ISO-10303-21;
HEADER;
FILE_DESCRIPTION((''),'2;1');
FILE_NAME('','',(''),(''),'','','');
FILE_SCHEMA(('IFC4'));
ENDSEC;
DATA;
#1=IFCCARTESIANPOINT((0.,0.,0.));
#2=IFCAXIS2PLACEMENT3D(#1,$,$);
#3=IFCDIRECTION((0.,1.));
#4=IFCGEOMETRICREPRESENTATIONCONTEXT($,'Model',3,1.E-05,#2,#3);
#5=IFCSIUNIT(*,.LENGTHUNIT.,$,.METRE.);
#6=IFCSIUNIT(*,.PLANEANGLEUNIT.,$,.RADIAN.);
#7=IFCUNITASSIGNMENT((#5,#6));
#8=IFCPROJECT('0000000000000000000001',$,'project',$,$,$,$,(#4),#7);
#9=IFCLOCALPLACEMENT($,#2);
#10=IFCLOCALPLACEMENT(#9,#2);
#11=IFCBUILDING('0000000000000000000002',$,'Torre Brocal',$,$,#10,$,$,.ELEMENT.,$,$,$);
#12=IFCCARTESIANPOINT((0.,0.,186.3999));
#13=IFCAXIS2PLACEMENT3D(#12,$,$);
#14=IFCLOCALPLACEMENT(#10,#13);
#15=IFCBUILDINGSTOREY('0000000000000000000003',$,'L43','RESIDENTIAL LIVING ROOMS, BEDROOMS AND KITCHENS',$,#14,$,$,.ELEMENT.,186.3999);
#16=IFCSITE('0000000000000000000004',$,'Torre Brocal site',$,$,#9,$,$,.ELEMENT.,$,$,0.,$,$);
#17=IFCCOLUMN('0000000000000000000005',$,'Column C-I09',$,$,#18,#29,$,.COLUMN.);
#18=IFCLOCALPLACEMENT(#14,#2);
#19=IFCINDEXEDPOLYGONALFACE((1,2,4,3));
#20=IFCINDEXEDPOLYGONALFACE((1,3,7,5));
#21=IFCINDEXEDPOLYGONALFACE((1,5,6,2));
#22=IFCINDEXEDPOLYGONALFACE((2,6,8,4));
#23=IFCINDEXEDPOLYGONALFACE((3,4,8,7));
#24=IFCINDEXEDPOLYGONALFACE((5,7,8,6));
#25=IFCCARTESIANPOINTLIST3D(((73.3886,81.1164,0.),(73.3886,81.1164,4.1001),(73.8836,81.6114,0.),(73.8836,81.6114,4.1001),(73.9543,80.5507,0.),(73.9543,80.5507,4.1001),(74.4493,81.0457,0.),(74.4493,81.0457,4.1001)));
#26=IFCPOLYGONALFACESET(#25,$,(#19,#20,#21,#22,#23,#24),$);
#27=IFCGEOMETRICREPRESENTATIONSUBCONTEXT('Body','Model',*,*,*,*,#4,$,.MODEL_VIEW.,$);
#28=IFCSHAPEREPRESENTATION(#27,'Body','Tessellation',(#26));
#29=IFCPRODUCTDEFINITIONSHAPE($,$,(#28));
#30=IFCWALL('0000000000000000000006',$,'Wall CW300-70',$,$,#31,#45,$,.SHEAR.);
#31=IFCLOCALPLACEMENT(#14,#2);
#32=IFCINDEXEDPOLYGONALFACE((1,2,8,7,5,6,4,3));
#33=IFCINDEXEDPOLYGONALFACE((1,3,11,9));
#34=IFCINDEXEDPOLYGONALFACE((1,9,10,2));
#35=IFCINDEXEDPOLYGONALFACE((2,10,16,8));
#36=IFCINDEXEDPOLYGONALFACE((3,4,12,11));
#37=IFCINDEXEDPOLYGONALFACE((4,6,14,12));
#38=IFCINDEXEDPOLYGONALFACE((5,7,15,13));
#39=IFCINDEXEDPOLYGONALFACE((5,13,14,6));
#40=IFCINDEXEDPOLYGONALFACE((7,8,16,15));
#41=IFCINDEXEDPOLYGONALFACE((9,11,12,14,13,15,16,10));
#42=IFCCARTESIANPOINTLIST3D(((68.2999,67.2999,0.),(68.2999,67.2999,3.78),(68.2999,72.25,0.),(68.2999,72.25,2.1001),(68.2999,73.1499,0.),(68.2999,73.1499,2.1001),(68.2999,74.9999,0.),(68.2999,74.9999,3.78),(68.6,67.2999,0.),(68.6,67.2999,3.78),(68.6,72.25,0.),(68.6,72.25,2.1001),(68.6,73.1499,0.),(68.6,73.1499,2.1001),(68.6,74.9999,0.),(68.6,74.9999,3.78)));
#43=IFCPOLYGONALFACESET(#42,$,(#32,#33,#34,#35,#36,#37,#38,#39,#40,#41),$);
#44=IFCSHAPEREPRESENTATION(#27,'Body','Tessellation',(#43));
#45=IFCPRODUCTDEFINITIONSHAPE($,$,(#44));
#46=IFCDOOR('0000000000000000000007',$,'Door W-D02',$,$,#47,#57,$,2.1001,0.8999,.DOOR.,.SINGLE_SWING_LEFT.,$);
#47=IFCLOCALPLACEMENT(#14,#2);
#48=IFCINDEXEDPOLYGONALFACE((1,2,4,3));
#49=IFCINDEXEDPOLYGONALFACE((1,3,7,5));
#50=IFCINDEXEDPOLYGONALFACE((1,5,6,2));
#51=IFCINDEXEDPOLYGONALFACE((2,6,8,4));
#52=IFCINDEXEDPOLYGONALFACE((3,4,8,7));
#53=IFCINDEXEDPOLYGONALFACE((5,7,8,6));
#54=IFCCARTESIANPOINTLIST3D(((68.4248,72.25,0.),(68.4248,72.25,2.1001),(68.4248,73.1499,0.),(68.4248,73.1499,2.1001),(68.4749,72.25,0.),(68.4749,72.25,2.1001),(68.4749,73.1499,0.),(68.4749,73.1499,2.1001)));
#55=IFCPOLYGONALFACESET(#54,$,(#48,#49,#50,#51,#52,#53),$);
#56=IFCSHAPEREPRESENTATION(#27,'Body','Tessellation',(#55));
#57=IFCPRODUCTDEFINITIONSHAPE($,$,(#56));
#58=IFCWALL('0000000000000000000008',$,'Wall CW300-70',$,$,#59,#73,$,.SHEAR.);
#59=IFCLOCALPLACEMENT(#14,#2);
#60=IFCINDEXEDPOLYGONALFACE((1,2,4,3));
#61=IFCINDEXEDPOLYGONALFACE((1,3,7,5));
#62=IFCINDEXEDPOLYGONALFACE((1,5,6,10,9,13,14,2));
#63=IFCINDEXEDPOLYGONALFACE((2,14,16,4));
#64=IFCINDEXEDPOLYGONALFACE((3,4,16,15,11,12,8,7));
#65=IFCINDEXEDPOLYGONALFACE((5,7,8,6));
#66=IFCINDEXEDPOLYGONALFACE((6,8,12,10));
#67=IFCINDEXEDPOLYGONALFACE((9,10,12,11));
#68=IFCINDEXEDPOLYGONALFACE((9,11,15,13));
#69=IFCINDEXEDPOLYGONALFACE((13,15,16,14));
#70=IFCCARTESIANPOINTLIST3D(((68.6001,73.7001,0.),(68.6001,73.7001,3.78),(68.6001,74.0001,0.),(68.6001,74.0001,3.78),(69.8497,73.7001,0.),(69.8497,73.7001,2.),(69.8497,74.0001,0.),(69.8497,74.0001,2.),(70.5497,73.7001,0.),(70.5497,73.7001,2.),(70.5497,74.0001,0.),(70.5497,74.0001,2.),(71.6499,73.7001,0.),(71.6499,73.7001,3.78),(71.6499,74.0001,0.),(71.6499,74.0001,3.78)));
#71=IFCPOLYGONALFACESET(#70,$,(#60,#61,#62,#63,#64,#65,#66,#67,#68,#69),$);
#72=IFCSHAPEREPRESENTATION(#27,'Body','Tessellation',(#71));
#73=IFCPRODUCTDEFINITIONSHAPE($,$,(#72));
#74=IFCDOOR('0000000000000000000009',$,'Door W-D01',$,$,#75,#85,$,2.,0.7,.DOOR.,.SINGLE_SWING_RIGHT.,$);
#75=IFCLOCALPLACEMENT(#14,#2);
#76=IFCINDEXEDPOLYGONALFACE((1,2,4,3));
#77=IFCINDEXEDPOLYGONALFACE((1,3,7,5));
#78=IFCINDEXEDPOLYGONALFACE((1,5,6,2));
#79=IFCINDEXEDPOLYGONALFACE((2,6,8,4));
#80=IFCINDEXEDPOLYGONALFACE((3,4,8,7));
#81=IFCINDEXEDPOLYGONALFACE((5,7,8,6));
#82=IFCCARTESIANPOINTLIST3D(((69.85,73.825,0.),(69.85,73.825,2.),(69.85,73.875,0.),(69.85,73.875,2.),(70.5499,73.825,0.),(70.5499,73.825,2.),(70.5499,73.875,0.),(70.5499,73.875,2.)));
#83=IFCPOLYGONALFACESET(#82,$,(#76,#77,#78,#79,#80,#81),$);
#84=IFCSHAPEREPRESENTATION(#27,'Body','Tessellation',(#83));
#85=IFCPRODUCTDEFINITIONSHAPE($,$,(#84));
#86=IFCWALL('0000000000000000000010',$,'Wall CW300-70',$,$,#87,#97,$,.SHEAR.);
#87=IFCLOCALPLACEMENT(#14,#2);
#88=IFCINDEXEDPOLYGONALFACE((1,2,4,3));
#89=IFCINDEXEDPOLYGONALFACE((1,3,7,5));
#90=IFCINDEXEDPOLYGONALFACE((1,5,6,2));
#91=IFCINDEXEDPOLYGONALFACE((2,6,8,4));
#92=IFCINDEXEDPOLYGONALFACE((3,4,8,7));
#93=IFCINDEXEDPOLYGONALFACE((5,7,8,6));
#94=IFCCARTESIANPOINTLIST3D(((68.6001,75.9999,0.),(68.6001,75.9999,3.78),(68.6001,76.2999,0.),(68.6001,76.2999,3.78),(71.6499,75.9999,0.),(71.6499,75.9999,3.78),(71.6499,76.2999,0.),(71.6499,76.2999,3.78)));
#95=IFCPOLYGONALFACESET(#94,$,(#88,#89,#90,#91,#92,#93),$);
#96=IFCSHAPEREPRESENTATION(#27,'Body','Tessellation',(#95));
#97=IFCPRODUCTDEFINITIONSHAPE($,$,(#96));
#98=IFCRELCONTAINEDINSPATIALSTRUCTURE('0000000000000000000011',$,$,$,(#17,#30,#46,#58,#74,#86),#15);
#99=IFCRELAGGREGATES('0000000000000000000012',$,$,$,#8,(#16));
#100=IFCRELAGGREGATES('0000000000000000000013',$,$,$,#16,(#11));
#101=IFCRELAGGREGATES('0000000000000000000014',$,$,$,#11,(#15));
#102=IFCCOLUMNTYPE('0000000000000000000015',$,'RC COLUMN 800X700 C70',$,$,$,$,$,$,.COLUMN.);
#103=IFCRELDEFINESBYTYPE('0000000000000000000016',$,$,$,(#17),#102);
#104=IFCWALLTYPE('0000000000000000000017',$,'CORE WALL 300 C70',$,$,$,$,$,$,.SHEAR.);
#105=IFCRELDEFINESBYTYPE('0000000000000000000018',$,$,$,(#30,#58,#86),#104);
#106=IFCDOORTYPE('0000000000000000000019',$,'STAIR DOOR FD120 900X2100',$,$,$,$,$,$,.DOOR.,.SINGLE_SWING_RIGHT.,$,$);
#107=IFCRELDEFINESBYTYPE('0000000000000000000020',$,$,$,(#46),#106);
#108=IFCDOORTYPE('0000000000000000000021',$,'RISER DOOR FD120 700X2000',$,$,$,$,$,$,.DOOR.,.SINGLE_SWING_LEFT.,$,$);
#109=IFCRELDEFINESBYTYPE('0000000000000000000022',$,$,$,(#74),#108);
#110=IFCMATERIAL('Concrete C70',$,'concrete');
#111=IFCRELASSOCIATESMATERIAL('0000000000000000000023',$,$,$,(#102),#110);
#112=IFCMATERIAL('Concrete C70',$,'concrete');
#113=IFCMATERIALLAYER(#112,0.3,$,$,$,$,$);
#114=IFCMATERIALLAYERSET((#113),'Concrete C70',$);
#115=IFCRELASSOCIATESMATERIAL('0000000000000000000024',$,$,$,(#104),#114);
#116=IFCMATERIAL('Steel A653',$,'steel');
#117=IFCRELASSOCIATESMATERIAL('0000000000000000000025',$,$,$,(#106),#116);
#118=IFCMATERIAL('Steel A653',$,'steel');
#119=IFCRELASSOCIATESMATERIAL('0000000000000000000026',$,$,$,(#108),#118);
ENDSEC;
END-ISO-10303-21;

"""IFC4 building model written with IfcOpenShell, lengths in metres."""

from ifc_helpers import new_model, si_unit, direction, frame, frame_2d, origin, origin_2d, place, context, subcontext, project, spatial, rectangle, extrude, material, layer, layer_set, material_profile, profile_set, type_object, element, fill, save


model = new_model("IFC4")

# Units and contexts
model_context = context("Model", 3, precision=1e-05, world=origin(), true_north=direction((0.0, 1.0)))
body_context = subcontext(model_context, "Body", "Model", "MODEL_VIEW")
ifc_project = project(units=[si_unit("LENGTHUNIT", "METRE"), si_unit("PLANEANGLEUNIT", "RADIAN")], contexts=[model_context])

# Site, building, storey
site_placement = place(None, origin())
site = spatial("IfcSite", under=ifc_project, at=site_placement, Name="Torre Brocal site", CompositionType="ELEMENT", RefElevation=0.0)
building_placement = place(site_placement, origin())
building = spatial("IfcBuilding", under=site, at=building_placement, Name="Torre Brocal", CompositionType="ELEMENT")
storey_placement = place(building_placement, frame((0.0, 0.0, 186.3999)))
storey = spatial("IfcBuildingStorey", under=building, at=storey_placement, Name="L43", Description="RESIDENTIAL LIVING ROOMS, BEDROOMS AND KITCHENS", CompositionType="ELEMENT", Elevation=186.3999)

# Column
ifc_material_1 = material(Name="Concrete C70", Category="concrete")
ifc_material_profile = material_profile(ifc_material_1, rectangle(XDim=0.8, YDim=0.7, at=origin_2d()), Name="RC 800X700")
ifc_profile_set = profile_set([ifc_material_profile], Name="Concrete C70")
column_type = type_object("IfcColumnType", Name="RC COLUMN 800X700 C70", PredefinedType="COLUMN", material=ifc_profile_set)
column_placement = place(storey_placement, frame((73.9189, 81.0811, 0.0), z_axis=(0.0, 0.0, 1.0), x_axis=(-0.707107, 0.707107, 0.0)))
element("IfcColumn", 1, at=column_placement, inside=storey, type_object=column_type, Name="Column C-I09", PredefinedType="COLUMN", context=body_context, shape_type="SweptSolid", body=[
    extrude(rectangle(XDim=0.8, YDim=0.7, at=origin_2d()), origin(), (0.0, 0.0, 1.0), 4.1001),
])

# Walls, openings, doors
ifc_material_2 = material(Name="Concrete C70", Category="concrete")
ifc_layer_1 = layer(ifc_material_2, 0.3)
ifc_layer_set_1 = layer_set([ifc_layer_1], Name="Concrete C70")
wall_type_1 = type_object("IfcWallType", Name="CORE WALL 300 C70", PredefinedType="SHEAR", material=ifc_layer_set_1)
wall_1_placement = place(storey_placement, frame((68.45, 75.0, 0.0), z_axis=(0.0, 0.0, 1.0), x_axis=(0.0, -1.0, 0.0)))
wall_1 = element("IfcWall", 2, at=wall_1_placement, inside=storey, type_object=wall_type_1, Name="Wall CW300-70", PredefinedType="SHEAR", context=body_context, shape_type="SweptSolid", body=[
    extrude(rectangle(XDim=7.7, YDim=0.3, at=frame_2d((3.8501, 0.0))), origin(), (0.0, 0.0, 1.0), 3.78),
])
opening_1_placement = place(wall_1_placement, frame((1.8501, 0.0, 0.0)))
opening_1 = element("IfcOpeningElement", 3, at=opening_1_placement, cuts=wall_1, PredefinedType="OPENING", context=body_context, shape_type="SweptSolid", body=[
    extrude(rectangle(XDim=0.8999, YDim=2.1001, at=frame_2d((0.45, 1.05))), frame((0.0, 0.1599, 0.0), z_axis=(0.0, -1.0, 0.0), x_axis=(1.0, 0.0, 0.0)), (0.0, 0.0, 1.0), 0.3201),
])
ifc_material_3 = material(Name="Steel A653", Category="steel")
door_type_1 = type_object("IfcDoorType", Name="STAIR DOOR FD120 900X2100", OperationType="SINGLE_SWING_RIGHT", PredefinedType="DOOR", material=ifc_material_3)
door_1_placement = place(opening_1_placement, origin())
door_1 = element("IfcDoor", 4, at=door_1_placement, inside=storey, type_object=door_type_1, Name="Door W-D02", OperationType="SINGLE_SWING_LEFT", OverallHeight=2.1001, OverallWidth=0.8999, PredefinedType="DOOR", context=body_context, shape_type="SweptSolid", body=[
    extrude(rectangle(XDim=0.8999, YDim=2.1001, at=frame_2d((0.45, 1.05))), frame((0.0, 0.0249, 0.0), z_axis=(0.0, -1.0, 0.0), x_axis=(1.0, 0.0, 0.0)), (0.0, 0.0, 1.0), 0.05),
])
fill(opening_1, door_1)
wall_2_placement = place(storey_placement, frame((71.6499, 73.8501, 0.0), z_axis=(0.0, 0.0, 1.0), x_axis=(-1.0, 0.0, 0.0)))
wall_2 = element("IfcWall", 5, at=wall_2_placement, inside=storey, type_object=wall_type_1, Name="Wall CW300-70", PredefinedType="SHEAR", context=body_context, shape_type="SweptSolid", body=[
    extrude(rectangle(XDim=3.0498, YDim=0.3, at=frame_2d((1.5249, 0.0))), origin(), (0.0, 0.0, 1.0), 3.78),
])
opening_2_placement = place(wall_2_placement, frame((1.1001, 0.0, 0.0)))
opening_2 = element("IfcOpeningElement", 6, at=opening_2_placement, cuts=wall_2, PredefinedType="OPENING", context=body_context, shape_type="SweptSolid", body=[
    extrude(rectangle(XDim=0.7, YDim=2.0, at=frame_2d((0.3501, 1.0))), frame((0.0, 0.1599, 0.0), z_axis=(0.0, -1.0, 0.0), x_axis=(1.0, 0.0, 0.0)), (0.0, 0.0, 1.0), 0.3201),
])
ifc_material_4 = material(Name="Steel A653", Category="steel")
door_type_2 = type_object("IfcDoorType", Name="RISER DOOR FD120 700X2000", OperationType="SINGLE_SWING_LEFT", PredefinedType="DOOR", material=ifc_material_4)
door_2_placement = place(opening_2_placement, frame((0.7, 0.0, 0.0), z_axis=(0.0, 0.0, 1.0), x_axis=(-1.0, 0.0, 0.0)))
door_2 = element("IfcDoor", 7, at=door_2_placement, inside=storey, type_object=door_type_2, Name="Door W-D01", OperationType="SINGLE_SWING_RIGHT", OverallHeight=2.0, OverallWidth=0.7, PredefinedType="DOOR", context=body_context, shape_type="SweptSolid", body=[
    extrude(rectangle(XDim=0.7, YDim=2.0, at=frame_2d((0.3501, 1.0))), frame((0.0, 0.0249, 0.0), z_axis=(0.0, -1.0, 0.0), x_axis=(1.0, 0.0, 0.0)), (0.0, 0.0, 1.0), 0.05),
])
fill(opening_2, door_2)

# Wall
wall_3_placement = place(storey_placement, frame((71.6499, 76.1499, 0.0), z_axis=(0.0, 0.0, 1.0), x_axis=(-1.0, 0.0, 0.0)))
element("IfcWall", 8, at=wall_3_placement, inside=storey, type_object=wall_type_1, Name="Wall CW300-70", PredefinedType="SHEAR", context=body_context, shape_type="SweptSolid", body=[
    extrude(rectangle(XDim=3.0498, YDim=0.3, at=frame_2d((1.5249, 0.0))), origin(), (0.0, 0.0, 1.0), 3.78),
])

save(model, "model.ifc")
